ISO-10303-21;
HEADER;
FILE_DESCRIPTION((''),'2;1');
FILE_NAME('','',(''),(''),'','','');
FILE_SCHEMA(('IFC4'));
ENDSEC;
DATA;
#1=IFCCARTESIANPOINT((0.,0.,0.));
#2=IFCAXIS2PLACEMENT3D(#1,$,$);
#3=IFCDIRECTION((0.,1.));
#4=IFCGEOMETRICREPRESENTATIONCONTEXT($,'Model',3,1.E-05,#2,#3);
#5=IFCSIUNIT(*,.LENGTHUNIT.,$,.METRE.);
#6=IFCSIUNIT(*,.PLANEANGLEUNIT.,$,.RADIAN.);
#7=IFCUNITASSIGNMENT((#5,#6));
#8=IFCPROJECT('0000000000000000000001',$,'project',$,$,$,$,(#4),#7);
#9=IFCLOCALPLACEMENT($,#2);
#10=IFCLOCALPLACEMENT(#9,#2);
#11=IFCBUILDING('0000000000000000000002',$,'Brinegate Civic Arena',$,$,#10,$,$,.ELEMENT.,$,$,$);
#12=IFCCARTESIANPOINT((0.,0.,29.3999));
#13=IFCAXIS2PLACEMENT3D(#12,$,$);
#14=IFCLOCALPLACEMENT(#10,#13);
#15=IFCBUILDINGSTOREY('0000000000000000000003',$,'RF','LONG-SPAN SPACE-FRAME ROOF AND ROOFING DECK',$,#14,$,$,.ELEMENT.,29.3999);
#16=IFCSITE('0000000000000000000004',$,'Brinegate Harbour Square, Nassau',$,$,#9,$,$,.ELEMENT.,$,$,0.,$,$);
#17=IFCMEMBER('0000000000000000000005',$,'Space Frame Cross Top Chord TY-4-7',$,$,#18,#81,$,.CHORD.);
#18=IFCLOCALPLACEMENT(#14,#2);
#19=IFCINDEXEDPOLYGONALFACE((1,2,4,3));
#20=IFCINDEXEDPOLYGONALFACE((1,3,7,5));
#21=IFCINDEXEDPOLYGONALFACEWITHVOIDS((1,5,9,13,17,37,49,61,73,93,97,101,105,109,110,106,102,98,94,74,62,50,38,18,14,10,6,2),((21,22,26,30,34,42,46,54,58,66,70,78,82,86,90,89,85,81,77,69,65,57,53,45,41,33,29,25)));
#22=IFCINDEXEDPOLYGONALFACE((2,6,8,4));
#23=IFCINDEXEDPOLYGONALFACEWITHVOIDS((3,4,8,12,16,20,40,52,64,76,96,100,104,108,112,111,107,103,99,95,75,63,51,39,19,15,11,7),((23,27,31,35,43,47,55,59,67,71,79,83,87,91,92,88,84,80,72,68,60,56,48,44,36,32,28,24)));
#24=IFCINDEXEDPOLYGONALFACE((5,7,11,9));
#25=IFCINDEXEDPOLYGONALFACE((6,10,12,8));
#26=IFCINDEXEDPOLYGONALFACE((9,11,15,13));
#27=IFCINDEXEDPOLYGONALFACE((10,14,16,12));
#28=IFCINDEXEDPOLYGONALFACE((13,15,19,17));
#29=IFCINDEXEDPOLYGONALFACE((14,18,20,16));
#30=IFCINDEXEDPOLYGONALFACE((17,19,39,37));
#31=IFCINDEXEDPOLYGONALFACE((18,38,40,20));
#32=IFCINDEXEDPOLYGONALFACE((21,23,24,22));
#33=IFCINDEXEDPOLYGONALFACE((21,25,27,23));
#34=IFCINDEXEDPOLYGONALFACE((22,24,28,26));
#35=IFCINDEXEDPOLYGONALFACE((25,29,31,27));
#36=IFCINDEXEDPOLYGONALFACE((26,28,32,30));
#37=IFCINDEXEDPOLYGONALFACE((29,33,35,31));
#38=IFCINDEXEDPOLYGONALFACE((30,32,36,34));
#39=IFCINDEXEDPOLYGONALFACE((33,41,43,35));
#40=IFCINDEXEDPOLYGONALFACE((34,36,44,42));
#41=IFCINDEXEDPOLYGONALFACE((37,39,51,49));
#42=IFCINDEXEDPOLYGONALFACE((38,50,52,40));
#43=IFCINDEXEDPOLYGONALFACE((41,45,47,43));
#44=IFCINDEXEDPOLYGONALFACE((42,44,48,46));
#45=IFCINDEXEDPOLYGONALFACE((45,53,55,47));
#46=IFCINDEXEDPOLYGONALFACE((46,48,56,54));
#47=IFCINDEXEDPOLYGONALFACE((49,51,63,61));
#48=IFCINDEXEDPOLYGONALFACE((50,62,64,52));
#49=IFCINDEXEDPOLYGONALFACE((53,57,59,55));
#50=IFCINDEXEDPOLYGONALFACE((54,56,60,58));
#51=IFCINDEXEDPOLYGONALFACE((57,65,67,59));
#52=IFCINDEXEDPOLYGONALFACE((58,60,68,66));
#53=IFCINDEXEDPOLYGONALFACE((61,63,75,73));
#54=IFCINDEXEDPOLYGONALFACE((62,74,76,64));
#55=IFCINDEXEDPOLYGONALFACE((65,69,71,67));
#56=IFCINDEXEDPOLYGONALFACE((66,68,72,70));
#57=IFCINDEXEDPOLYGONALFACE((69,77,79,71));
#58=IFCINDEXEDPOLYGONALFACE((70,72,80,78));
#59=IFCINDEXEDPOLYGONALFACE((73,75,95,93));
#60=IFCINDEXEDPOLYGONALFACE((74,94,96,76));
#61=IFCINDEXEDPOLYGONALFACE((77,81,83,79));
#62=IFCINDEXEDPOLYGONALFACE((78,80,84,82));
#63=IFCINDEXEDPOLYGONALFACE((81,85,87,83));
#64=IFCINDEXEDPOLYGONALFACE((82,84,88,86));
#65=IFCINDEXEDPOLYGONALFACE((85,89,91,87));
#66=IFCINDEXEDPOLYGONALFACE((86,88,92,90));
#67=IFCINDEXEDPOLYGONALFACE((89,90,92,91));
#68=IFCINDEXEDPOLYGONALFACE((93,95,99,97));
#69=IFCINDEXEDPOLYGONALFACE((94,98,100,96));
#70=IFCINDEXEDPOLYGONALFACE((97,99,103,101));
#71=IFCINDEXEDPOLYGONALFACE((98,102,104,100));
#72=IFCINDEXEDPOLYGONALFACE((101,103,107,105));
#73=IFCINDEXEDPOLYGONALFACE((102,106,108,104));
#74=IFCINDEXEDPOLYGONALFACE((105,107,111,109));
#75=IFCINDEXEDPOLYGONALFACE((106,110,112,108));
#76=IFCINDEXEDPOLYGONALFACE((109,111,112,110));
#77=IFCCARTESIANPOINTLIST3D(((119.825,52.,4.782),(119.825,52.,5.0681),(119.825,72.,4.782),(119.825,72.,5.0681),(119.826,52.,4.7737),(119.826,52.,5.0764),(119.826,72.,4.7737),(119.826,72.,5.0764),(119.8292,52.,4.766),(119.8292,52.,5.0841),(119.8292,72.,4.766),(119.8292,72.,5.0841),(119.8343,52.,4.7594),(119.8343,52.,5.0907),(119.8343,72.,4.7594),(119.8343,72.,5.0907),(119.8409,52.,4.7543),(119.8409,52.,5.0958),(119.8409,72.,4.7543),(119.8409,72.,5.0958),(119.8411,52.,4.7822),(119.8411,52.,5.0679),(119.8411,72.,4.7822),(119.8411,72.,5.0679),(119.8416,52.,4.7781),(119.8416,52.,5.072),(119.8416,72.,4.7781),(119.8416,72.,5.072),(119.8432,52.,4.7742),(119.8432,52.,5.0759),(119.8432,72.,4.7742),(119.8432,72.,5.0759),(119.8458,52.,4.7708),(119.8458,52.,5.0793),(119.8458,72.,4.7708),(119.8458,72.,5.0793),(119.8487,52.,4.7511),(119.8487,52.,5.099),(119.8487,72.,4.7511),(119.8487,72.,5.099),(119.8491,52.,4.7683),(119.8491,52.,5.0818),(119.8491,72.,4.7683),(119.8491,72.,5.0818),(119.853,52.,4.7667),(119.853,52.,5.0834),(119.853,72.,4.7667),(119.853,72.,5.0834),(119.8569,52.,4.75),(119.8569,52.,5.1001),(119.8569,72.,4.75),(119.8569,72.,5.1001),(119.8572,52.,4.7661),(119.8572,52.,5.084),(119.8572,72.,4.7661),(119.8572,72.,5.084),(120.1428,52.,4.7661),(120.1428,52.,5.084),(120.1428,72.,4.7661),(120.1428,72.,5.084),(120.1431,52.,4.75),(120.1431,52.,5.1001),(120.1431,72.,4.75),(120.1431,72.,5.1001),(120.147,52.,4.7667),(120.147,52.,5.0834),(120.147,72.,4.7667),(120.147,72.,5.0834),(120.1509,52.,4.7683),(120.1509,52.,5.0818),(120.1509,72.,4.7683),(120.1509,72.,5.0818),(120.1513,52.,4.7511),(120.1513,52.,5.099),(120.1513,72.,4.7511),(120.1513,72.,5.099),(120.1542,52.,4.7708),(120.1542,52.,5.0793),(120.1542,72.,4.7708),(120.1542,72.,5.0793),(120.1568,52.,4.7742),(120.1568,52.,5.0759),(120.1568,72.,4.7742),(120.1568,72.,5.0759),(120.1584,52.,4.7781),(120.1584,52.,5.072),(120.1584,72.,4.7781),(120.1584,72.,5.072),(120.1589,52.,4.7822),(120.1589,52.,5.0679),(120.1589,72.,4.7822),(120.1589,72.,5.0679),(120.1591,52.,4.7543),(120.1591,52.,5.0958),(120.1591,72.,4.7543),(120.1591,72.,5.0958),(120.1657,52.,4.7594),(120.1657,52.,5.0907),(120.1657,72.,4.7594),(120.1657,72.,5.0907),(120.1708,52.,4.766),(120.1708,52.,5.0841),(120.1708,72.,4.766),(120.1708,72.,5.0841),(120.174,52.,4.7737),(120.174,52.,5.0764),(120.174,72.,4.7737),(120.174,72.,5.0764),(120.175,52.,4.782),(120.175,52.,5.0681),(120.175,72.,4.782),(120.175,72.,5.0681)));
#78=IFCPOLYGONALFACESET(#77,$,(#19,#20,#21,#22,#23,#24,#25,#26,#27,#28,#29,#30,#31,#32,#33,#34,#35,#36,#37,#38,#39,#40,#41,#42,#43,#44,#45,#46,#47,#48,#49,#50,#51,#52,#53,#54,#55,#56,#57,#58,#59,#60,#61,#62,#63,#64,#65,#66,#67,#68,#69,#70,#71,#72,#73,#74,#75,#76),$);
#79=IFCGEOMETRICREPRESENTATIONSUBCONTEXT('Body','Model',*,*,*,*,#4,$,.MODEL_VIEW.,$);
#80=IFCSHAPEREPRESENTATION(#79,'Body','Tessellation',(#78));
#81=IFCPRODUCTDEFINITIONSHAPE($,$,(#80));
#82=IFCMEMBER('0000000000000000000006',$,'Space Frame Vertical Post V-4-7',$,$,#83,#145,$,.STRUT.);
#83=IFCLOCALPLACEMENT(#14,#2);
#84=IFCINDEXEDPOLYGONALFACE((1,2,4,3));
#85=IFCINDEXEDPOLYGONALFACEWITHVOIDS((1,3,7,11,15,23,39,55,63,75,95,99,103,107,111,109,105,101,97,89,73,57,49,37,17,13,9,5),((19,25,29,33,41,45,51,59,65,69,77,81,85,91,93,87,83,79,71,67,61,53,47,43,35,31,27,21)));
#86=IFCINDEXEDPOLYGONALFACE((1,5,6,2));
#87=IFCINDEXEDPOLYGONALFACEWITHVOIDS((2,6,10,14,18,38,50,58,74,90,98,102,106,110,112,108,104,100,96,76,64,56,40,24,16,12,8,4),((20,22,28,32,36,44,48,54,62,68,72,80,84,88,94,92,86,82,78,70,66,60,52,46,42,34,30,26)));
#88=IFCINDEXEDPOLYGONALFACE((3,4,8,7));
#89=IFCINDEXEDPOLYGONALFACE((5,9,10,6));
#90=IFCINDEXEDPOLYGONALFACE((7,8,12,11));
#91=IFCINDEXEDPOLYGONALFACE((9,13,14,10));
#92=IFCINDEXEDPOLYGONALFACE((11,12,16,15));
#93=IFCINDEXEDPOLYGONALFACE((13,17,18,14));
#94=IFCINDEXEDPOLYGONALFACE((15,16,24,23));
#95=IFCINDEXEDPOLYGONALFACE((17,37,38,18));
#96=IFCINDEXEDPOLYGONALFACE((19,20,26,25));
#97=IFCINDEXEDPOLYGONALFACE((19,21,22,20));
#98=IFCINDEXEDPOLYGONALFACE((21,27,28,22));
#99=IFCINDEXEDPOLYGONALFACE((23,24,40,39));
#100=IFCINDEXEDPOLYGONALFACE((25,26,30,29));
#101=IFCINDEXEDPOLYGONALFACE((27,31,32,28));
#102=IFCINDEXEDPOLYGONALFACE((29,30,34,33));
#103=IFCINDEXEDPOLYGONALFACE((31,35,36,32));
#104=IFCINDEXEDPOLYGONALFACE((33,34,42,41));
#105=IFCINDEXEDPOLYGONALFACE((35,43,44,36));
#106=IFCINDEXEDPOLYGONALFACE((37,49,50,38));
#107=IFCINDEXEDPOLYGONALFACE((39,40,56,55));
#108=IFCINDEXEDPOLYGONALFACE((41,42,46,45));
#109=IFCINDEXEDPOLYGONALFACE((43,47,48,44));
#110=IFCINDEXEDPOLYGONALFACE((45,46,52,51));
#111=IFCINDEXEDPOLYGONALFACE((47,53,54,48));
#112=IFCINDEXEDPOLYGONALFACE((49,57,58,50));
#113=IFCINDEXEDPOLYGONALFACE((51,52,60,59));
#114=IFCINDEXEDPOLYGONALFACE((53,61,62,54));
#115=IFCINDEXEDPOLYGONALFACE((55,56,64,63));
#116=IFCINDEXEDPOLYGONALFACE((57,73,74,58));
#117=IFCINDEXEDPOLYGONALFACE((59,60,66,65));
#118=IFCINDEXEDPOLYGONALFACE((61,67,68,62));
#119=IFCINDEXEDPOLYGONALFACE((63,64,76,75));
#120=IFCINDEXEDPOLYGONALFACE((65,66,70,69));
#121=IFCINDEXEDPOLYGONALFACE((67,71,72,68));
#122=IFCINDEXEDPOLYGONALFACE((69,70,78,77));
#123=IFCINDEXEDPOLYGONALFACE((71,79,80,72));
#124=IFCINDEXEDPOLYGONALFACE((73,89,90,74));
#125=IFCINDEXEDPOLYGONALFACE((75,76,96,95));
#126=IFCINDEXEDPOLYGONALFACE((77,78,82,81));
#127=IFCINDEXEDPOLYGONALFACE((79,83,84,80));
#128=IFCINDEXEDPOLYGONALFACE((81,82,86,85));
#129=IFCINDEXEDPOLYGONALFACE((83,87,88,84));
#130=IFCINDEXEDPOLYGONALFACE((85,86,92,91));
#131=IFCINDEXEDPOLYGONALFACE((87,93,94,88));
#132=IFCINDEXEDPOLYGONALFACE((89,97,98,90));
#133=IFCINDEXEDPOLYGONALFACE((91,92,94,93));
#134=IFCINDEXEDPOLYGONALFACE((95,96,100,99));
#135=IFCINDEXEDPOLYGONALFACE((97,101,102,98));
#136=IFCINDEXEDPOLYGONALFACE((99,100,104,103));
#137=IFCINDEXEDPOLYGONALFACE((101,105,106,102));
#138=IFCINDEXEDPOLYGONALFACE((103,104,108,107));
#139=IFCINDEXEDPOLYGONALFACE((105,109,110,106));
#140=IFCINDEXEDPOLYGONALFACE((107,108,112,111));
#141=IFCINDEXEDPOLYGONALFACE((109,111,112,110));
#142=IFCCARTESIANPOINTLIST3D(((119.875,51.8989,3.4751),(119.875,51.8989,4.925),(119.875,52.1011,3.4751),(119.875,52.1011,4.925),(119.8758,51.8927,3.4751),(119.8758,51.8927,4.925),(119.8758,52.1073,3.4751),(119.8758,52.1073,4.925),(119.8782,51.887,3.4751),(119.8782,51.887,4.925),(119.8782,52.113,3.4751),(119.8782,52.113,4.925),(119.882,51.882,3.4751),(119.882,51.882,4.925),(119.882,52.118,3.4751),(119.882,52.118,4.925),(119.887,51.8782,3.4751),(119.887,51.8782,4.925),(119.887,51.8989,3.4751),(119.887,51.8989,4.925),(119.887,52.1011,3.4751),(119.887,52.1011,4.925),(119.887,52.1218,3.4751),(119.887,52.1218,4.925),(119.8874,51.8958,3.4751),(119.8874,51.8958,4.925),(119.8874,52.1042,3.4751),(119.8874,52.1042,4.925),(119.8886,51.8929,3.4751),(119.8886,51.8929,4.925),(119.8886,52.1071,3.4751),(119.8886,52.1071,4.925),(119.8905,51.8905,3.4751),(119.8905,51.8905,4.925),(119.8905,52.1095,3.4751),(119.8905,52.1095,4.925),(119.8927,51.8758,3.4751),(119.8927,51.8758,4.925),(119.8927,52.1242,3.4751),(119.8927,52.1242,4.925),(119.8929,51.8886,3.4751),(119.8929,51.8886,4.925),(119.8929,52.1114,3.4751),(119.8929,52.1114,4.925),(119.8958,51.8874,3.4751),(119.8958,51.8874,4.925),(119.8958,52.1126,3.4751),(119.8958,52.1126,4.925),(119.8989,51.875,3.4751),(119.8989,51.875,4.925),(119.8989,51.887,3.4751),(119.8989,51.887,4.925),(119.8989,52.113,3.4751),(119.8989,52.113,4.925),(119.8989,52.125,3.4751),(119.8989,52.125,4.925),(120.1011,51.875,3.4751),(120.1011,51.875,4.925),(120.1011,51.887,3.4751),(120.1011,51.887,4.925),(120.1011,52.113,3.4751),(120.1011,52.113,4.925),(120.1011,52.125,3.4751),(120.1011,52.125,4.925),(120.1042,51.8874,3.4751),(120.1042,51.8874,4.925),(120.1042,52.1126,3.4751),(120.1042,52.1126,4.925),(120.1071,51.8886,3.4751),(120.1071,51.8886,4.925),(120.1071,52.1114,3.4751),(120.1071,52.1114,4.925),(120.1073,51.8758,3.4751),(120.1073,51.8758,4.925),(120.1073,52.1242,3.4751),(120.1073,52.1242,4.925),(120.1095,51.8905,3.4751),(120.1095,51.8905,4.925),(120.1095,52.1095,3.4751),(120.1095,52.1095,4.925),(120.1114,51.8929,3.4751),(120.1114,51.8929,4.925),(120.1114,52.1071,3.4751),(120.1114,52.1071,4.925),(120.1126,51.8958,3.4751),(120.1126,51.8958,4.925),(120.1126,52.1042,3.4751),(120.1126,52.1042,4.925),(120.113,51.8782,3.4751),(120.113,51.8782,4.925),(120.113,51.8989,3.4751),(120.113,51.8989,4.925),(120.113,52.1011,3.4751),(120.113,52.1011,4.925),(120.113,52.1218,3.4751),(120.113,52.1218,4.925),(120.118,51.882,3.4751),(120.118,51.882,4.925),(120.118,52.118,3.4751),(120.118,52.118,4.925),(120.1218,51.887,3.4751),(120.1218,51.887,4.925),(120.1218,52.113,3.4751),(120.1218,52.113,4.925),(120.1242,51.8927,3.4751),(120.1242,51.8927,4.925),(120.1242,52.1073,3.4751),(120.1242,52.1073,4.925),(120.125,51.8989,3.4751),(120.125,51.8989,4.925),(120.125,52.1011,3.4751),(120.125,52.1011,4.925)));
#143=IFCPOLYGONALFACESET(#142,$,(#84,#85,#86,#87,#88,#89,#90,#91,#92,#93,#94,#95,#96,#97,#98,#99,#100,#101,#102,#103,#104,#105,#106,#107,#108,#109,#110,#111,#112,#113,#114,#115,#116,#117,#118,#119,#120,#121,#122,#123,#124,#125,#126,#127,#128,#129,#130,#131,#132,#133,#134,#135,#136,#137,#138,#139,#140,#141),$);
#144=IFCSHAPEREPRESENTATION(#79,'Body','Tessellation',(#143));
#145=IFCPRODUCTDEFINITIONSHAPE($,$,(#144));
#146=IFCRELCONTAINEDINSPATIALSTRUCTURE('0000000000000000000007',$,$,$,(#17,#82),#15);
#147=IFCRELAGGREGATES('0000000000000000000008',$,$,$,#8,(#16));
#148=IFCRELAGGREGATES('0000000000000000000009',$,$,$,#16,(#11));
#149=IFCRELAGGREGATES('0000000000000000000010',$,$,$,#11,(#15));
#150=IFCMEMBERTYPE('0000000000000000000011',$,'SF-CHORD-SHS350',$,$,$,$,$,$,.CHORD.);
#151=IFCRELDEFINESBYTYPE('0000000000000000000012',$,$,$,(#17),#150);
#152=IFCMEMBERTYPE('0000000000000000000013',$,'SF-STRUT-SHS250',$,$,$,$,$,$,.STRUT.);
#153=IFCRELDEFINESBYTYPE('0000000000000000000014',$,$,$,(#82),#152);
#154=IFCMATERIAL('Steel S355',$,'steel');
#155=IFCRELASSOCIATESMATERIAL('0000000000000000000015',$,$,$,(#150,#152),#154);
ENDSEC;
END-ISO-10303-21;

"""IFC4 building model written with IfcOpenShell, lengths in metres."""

from ifc_helpers import new_model, si_unit, direction, frame, origin, origin_2d, place, context, subcontext, project, spatial, hollow_rectangle, extrude, material, material_profile, profile_set, type_object, element, save


model = new_model("IFC4")

# Units and contexts
model_context = context("Model", 3, precision=1e-05, world=origin(), true_north=direction((0.0, 1.0)))
body_context = subcontext(model_context, "Body", "Model", "MODEL_VIEW")
ifc_project = project(units=[si_unit("LENGTHUNIT", "METRE"), si_unit("PLANEANGLEUNIT", "RADIAN")], contexts=[model_context])

# Site, building, storey
site_placement = place(None, origin())
site = spatial("IfcSite", under=ifc_project, at=site_placement, Name="Brinegate Harbour Square, Nassau", CompositionType="ELEMENT", RefElevation=0.0)
building_placement = place(site_placement, origin())
building = spatial("IfcBuilding", under=site, at=building_placement, Name="Brinegate Civic Arena", CompositionType="ELEMENT")
storey_placement = place(building_placement, frame((0.0, 0.0, 29.3999)))
storey = spatial("IfcBuildingStorey", under=building, at=storey_placement, Name="RF", Description="LONG-SPAN SPACE-FRAME ROOF AND ROOFING DECK", CompositionType="ELEMENT", Elevation=29.3999)

# Members
ifc_material = material(Name="Steel S355", Category="steel")
ifc_material_profile_1 = material_profile(ifc_material, hollow_rectangle(XDim=0.3501, YDim=0.3501, WallThickness=0.0161, InnerFilletRadius=0.0161, OuterFilletRadius=0.032, at=origin_2d()), Name="SHS350X16")
ifc_profile_set_1 = profile_set([ifc_material_profile_1], Name="Steel S355")
member_type_1 = type_object("IfcMemberType", Name="SF-CHORD-SHS350", PredefinedType="CHORD", material=ifc_profile_set_1)
for number, where, z_axis, x_axis, name in (
    (1, (120.0, 52.0, 4.925), (0.0, 1.0, 0.0), (-1.0, 0.0, 0.0), "Space Frame Cross Top Chord TY-4-7"),
):
    element("IfcMember", number, at=place(storey_placement, frame(where, z_axis=z_axis, x_axis=x_axis)), inside=storey, type_object=member_type_1, Name=name, PredefinedType="CHORD", context=body_context, shape_type="SweptSolid", body=[
        extrude(hollow_rectangle(XDim=0.3501, YDim=0.3501, WallThickness=0.0161, InnerFilletRadius=0.0161, OuterFilletRadius=0.032, at=origin_2d()), origin(), (0.0, 0.0, 1.0), 20.0),
    ])
ifc_material_profile_2 = material_profile(ifc_material, hollow_rectangle(XDim=0.25, YDim=0.25, WallThickness=0.012, InnerFilletRadius=0.012, OuterFilletRadius=0.0239, at=origin_2d()), Name="SHS250X12")
ifc_profile_set_2 = profile_set([ifc_material_profile_2], Name="Steel S355")
member_type_2 = type_object("IfcMemberType", Name="SF-STRUT-SHS250", PredefinedType="STRUT", material=ifc_profile_set_2)
member_1_placement = place(storey_placement, frame((120.0, 52.0, 3.4751), z_axis=(0.0, 0.0, 1.0), x_axis=(1.0, 0.0, 0.0)))
element("IfcMember", 2, at=member_1_placement, inside=storey, type_object=member_type_2, Name="Space Frame Vertical Post V-4-7", PredefinedType="STRUT", context=body_context, shape_type="SweptSolid", body=[
    extrude(hollow_rectangle(XDim=0.25, YDim=0.25, WallThickness=0.012, InnerFilletRadius=0.012, OuterFilletRadius=0.0239, at=origin_2d()), origin(), (0.0, 0.0, 1.0), 1.45),
])

save(model, "model.ifc")
